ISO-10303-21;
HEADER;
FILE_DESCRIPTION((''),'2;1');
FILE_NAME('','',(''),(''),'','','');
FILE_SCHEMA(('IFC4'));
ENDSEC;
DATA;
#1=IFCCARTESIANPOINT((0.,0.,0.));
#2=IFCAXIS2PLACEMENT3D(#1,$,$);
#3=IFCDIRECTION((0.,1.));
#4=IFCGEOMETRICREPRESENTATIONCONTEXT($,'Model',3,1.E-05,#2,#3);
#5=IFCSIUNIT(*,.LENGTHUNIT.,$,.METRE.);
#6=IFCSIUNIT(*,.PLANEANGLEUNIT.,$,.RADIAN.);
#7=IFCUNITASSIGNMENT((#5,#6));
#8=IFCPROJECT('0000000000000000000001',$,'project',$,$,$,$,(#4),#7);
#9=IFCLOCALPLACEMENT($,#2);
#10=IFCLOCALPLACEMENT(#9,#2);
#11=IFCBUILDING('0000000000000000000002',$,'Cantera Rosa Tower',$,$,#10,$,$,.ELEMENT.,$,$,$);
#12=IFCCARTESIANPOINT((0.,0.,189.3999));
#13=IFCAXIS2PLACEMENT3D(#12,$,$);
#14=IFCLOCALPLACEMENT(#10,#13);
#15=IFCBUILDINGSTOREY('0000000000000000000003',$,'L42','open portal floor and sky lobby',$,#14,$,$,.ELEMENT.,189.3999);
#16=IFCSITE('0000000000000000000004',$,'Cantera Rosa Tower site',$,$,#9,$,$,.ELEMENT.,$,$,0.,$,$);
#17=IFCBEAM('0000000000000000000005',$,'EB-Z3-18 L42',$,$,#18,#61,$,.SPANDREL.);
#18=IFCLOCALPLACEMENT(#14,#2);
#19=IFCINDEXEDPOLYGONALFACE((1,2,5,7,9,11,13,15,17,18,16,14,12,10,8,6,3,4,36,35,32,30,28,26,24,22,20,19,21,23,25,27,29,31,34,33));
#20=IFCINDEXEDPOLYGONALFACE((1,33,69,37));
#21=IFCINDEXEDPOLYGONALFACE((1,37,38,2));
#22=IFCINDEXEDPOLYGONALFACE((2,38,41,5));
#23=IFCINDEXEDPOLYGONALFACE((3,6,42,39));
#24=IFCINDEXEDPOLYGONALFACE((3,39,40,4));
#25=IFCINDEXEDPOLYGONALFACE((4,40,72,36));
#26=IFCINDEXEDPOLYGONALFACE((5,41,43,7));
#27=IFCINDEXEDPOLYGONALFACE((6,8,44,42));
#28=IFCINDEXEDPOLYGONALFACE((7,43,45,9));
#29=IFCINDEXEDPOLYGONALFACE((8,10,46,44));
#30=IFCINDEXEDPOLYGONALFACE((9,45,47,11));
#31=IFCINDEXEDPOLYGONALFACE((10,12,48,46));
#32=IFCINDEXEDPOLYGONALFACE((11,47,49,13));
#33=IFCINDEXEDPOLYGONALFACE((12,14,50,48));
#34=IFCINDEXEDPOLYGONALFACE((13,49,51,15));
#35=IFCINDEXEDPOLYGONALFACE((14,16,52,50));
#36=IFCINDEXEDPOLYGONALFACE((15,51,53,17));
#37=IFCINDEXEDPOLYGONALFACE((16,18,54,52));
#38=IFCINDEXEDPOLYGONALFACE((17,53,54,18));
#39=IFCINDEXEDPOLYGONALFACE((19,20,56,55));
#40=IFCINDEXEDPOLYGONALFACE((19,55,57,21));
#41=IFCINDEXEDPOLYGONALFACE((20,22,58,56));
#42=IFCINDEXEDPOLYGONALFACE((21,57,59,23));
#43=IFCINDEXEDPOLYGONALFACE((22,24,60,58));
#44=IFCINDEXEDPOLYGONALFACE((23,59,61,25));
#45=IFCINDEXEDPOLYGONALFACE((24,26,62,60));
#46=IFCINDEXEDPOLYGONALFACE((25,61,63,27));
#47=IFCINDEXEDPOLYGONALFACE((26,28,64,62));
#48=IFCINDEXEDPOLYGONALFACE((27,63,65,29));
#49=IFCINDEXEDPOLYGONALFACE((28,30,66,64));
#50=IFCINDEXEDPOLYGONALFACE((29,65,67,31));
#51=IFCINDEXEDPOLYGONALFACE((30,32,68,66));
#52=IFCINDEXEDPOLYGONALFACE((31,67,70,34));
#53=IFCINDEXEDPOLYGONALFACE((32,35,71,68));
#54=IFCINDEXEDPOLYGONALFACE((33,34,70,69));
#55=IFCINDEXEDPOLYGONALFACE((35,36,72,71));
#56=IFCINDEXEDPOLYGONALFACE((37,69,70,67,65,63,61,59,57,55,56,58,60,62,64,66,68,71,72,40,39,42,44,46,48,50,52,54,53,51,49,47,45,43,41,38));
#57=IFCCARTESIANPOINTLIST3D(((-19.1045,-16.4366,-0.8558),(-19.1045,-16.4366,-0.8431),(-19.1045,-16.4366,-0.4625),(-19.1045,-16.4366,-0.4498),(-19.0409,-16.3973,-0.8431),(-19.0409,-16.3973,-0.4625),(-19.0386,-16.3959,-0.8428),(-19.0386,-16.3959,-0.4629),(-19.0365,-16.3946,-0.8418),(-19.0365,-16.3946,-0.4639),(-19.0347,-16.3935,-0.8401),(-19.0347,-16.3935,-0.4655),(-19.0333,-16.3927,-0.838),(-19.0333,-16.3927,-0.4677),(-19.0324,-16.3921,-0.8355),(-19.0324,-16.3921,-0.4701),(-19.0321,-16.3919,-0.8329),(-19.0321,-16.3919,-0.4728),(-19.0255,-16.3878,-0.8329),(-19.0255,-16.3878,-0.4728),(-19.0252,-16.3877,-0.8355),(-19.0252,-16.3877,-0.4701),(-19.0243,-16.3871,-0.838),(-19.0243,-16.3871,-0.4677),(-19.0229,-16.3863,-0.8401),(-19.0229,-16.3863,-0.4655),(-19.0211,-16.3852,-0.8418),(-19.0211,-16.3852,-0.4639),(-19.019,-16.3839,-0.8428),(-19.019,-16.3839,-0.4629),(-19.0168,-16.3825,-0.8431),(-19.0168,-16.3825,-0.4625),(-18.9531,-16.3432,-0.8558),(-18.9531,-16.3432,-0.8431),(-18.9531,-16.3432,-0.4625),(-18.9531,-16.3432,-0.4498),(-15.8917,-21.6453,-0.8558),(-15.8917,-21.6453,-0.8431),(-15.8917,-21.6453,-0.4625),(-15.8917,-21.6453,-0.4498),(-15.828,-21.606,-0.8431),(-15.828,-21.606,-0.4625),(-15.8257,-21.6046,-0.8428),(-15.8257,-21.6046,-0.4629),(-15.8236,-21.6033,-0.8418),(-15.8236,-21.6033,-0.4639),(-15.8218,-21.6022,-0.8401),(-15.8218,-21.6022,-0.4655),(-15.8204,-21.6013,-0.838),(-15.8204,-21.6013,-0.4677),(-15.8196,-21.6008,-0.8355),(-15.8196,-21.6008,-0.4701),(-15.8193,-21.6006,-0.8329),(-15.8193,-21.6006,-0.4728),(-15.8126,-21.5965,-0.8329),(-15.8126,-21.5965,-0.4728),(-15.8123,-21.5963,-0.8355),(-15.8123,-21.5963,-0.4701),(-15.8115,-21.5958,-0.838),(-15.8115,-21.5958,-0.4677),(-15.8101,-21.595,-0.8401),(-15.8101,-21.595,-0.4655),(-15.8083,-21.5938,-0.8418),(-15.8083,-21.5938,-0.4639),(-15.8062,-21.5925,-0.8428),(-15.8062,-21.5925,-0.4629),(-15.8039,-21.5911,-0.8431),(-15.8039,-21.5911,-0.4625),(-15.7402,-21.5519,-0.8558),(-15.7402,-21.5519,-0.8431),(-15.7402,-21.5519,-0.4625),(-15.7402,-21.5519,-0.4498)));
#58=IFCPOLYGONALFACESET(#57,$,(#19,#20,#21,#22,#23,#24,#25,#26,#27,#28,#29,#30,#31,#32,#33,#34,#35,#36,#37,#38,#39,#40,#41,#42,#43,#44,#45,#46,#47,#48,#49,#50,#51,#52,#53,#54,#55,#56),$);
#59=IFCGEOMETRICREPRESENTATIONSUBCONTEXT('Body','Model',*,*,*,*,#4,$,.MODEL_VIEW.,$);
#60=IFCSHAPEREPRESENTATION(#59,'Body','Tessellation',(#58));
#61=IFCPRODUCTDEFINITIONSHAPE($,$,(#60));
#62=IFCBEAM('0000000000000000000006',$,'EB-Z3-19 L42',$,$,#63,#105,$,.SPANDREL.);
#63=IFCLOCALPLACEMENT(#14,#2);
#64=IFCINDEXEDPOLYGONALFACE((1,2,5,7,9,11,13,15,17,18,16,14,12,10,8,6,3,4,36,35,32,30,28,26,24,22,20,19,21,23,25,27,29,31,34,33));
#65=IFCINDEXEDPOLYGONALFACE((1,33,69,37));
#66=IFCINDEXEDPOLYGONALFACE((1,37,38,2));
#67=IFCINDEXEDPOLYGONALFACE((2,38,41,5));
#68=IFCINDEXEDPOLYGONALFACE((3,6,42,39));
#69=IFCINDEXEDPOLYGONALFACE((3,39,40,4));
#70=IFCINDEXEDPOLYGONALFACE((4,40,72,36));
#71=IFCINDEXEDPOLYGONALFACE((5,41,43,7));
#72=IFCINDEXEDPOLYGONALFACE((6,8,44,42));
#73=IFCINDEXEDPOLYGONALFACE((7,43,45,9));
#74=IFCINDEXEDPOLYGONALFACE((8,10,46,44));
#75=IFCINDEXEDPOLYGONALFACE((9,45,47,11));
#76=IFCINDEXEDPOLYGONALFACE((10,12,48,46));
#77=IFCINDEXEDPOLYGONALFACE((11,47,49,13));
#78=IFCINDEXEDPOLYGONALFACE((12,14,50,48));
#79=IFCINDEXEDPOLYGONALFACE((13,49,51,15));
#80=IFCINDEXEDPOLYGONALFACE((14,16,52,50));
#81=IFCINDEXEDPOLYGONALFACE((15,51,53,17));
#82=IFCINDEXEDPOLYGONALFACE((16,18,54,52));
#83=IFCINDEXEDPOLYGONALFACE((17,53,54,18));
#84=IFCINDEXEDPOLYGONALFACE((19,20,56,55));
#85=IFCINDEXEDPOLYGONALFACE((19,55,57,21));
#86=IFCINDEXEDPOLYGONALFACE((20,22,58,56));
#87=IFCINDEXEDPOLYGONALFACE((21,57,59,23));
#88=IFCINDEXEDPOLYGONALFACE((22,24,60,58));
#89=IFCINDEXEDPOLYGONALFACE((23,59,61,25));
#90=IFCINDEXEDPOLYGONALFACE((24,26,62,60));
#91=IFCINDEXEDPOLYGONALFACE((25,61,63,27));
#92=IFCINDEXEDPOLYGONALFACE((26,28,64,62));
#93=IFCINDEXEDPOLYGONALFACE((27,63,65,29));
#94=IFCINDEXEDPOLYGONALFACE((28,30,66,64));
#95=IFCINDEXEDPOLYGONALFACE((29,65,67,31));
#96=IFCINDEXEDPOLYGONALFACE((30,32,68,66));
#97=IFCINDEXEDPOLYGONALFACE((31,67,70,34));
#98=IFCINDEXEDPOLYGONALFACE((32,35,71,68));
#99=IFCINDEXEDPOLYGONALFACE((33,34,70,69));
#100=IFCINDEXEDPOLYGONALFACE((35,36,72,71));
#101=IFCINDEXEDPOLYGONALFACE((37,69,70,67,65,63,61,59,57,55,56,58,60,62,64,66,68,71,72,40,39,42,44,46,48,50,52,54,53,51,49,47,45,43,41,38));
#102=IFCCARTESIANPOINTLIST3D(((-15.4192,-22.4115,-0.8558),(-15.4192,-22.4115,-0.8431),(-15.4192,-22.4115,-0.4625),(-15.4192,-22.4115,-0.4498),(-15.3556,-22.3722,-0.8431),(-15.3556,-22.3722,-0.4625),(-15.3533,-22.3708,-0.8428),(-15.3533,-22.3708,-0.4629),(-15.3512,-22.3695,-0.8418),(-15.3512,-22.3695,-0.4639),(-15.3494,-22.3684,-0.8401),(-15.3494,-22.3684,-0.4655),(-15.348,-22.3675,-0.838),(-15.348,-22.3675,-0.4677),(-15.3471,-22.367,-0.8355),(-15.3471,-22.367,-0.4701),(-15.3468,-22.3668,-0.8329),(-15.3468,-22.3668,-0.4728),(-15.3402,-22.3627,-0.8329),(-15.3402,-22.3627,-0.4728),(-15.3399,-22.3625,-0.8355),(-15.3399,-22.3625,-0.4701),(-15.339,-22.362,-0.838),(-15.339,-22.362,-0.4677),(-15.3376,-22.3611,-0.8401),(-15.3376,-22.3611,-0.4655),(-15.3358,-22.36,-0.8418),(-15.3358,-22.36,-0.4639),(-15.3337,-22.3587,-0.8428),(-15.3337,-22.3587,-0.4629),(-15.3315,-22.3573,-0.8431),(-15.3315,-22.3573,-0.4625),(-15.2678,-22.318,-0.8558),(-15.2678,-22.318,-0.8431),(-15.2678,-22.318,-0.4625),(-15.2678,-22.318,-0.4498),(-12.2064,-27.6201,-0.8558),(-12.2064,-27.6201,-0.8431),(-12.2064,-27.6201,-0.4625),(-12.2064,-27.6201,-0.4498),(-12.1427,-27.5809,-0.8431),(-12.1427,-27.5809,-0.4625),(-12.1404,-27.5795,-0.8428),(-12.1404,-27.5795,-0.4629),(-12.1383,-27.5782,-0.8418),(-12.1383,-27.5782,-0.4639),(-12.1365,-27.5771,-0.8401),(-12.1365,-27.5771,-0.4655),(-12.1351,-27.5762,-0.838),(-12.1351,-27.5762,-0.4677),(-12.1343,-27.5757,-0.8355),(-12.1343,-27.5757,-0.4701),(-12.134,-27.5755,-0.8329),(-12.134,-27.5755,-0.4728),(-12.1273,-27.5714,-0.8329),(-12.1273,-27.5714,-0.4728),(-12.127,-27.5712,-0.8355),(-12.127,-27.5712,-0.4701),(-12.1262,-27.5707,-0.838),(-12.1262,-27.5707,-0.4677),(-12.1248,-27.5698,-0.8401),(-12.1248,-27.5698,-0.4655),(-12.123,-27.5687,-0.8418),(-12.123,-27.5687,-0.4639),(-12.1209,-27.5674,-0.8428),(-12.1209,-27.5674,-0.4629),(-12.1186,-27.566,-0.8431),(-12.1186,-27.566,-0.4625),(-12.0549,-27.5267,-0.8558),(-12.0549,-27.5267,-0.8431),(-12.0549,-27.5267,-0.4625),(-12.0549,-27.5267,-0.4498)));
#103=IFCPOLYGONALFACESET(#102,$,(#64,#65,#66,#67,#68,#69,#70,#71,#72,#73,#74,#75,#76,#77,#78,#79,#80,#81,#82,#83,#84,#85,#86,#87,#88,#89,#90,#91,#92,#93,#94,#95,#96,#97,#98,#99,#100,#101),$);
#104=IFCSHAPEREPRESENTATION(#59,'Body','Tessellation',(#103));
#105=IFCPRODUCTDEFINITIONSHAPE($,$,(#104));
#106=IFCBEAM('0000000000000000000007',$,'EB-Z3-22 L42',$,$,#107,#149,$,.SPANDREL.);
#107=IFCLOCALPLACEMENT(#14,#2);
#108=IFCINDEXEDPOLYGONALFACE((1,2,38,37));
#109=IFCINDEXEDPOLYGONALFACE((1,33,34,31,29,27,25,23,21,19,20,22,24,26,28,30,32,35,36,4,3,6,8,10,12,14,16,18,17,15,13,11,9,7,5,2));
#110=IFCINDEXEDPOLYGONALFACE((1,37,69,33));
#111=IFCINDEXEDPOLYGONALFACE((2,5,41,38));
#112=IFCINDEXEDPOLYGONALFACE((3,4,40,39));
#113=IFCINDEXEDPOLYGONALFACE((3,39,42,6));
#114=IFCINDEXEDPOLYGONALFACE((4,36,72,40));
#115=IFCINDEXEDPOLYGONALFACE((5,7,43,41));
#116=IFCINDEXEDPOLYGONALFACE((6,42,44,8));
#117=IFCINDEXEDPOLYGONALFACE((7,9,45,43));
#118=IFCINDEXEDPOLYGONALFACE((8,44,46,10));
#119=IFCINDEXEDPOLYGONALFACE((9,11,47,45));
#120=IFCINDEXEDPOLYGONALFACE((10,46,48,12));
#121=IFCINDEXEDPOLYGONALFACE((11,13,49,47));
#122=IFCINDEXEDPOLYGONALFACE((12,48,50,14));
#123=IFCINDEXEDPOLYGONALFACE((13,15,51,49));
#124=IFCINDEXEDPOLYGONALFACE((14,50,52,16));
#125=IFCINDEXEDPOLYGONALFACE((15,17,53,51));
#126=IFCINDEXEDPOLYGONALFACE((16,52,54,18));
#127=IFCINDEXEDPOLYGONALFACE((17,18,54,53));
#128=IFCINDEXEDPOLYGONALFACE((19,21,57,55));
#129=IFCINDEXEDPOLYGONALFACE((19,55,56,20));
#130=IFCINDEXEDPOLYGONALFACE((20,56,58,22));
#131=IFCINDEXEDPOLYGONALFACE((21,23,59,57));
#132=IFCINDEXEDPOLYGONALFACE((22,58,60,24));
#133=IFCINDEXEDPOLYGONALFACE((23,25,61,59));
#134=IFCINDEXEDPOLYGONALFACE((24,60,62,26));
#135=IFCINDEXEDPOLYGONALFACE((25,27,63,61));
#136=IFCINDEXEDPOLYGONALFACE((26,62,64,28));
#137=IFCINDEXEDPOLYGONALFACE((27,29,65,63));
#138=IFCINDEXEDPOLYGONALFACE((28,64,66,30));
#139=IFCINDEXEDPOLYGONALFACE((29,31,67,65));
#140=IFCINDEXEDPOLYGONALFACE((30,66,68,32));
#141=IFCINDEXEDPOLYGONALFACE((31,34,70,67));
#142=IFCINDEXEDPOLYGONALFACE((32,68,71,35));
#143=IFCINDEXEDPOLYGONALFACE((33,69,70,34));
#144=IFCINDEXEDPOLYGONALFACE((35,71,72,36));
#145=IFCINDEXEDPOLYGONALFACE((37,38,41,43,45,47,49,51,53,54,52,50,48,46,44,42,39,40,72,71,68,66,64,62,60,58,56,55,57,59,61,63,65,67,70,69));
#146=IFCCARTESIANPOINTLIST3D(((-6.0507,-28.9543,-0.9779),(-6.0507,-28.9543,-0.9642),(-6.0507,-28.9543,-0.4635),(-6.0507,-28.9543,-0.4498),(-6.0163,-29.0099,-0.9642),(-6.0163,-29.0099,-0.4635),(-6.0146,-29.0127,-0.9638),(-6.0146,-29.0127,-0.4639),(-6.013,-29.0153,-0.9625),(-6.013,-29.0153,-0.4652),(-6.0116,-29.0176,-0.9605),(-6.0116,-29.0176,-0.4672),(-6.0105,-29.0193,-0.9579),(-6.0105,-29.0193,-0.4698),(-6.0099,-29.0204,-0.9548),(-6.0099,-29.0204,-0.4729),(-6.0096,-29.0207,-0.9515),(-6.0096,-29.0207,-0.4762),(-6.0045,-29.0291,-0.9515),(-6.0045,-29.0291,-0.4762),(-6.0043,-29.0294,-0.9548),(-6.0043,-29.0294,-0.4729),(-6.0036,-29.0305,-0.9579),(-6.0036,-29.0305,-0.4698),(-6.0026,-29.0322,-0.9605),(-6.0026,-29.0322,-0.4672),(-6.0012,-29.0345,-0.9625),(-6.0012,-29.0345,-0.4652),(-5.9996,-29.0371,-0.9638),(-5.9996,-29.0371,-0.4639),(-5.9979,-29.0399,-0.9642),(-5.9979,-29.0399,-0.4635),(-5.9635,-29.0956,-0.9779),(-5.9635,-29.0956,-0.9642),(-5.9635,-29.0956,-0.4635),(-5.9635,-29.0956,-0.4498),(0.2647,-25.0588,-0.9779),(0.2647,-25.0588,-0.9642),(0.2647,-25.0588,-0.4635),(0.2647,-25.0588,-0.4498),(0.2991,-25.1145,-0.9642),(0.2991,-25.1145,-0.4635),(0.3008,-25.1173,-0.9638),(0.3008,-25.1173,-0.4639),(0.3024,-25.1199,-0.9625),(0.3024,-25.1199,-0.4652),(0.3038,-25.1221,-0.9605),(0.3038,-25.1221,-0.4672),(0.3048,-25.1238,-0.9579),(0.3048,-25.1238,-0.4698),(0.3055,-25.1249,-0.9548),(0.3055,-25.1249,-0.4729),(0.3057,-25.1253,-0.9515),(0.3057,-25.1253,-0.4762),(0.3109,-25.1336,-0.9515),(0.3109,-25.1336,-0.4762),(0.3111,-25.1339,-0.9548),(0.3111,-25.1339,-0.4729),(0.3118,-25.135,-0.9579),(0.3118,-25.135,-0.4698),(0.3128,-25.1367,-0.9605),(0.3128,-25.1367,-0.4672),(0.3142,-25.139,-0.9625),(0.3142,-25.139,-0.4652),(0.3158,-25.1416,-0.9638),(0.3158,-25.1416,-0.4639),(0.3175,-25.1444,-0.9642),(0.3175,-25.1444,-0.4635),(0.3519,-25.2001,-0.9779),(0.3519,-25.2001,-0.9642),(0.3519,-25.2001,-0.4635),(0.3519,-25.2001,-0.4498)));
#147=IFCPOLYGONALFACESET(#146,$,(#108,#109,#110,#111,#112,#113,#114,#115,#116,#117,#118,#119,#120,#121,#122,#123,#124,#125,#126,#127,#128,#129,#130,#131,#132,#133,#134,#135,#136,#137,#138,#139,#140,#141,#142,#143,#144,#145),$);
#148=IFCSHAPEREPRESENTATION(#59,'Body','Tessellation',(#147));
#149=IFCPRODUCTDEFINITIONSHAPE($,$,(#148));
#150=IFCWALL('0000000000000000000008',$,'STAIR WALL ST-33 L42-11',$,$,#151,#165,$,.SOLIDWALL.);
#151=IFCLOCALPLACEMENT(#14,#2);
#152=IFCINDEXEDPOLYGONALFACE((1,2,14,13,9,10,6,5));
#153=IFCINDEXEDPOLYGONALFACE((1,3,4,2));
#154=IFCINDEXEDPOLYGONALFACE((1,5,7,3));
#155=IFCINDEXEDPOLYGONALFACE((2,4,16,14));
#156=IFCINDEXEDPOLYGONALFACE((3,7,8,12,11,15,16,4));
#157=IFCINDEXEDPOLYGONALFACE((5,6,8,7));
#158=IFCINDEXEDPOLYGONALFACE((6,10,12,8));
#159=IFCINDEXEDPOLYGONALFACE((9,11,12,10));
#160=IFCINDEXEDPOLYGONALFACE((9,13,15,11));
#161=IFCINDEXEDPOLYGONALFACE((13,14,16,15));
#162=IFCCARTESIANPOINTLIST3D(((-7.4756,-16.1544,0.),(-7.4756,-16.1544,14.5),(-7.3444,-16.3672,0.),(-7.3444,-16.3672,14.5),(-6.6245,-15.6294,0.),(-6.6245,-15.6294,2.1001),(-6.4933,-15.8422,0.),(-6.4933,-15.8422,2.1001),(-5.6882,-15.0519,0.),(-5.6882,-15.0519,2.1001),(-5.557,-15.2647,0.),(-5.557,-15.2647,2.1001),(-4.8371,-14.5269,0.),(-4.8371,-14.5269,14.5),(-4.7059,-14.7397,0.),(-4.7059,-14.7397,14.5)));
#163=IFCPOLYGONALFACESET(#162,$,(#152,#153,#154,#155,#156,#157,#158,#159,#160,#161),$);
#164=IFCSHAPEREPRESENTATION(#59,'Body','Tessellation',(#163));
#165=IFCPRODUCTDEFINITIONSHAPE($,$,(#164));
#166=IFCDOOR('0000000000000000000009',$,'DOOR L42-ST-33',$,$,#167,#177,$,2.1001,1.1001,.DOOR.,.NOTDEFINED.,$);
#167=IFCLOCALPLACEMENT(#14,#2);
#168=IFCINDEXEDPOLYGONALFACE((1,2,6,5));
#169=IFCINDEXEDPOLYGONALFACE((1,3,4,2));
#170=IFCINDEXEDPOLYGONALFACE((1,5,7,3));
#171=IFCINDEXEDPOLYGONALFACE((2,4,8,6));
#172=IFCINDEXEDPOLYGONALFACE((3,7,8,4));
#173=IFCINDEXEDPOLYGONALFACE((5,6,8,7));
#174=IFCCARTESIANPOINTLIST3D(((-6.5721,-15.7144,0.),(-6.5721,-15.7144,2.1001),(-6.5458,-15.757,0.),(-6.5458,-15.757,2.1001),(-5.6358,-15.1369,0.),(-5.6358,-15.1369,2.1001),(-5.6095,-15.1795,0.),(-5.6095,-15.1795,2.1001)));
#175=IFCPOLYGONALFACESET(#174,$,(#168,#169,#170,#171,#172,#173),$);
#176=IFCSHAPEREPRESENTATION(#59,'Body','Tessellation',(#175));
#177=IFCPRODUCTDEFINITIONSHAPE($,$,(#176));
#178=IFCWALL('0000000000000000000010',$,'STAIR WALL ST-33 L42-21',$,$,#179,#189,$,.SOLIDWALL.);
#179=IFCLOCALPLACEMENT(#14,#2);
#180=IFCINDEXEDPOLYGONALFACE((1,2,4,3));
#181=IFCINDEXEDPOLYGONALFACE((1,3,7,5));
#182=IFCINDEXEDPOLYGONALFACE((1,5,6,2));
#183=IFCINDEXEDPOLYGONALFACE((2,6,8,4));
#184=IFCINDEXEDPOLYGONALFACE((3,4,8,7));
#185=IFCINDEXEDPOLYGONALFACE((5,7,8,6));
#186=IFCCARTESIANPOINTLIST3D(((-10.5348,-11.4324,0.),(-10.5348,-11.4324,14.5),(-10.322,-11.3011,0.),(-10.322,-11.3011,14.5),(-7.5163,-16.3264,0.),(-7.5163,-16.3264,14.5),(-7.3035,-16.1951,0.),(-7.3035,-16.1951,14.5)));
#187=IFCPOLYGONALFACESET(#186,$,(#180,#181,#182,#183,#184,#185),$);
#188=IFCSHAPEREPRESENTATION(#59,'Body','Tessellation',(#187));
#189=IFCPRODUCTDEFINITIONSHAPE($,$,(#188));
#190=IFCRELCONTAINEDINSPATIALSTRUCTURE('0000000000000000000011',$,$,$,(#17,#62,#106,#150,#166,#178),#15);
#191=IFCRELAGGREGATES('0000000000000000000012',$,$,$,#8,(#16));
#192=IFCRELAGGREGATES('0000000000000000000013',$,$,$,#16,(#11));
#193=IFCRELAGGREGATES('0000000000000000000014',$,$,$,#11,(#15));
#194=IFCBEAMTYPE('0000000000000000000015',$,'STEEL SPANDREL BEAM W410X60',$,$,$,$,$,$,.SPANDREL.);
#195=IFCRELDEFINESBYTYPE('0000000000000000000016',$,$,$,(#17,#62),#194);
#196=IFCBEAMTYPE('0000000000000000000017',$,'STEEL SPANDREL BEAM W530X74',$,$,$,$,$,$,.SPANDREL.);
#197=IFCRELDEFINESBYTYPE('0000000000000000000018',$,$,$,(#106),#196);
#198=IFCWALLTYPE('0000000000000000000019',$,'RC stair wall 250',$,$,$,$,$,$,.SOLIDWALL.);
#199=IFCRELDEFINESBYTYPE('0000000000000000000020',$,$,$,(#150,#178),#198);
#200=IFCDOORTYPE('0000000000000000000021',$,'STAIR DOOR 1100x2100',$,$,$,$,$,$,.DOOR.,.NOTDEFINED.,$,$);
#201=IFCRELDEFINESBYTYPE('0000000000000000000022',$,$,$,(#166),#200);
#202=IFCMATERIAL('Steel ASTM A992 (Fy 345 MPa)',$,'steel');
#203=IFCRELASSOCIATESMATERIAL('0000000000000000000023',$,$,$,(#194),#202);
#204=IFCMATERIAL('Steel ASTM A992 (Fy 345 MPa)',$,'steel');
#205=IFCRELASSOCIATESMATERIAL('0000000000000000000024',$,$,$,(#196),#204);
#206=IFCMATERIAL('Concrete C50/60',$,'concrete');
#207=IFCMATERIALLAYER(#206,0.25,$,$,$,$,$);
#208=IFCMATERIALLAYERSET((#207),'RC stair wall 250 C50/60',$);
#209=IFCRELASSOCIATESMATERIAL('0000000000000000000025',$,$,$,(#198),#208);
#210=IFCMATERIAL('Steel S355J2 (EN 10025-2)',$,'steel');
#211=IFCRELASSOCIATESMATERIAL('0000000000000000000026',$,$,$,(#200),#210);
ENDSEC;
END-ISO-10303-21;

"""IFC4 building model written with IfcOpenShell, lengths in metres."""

from ifc_helpers import new_model, si_unit, direction, frame, frame_2d, origin, origin_2d, place, context, subcontext, project, spatial, rectangle, i_section, extrude, material, layer, layer_set, material_profile, profile_set, type_object, element, fill, save


model = new_model("IFC4")

# Units and contexts
model_context = context("Model", 3, precision=1e-05, world=origin(), true_north=direction((0.0, 1.0)))
body_context = subcontext(model_context, "Body", "Model", "MODEL_VIEW")
ifc_project = project(units=[si_unit("LENGTHUNIT", "METRE"), si_unit("PLANEANGLEUNIT", "RADIAN")], contexts=[model_context])

# Site, building, storey
site_placement = place(None, origin())
site = spatial("IfcSite", under=ifc_project, at=site_placement, Name="Cantera Rosa Tower site", CompositionType="ELEMENT", RefElevation=0.0)
building_placement = place(site_placement, origin())
building = spatial("IfcBuilding", under=site, at=building_placement, Name="Cantera Rosa Tower", CompositionType="ELEMENT")
storey_placement = place(building_placement, frame((0.0, 0.0, 189.3999)))
storey = spatial("IfcBuildingStorey", under=building, at=storey_placement, Name="L42", Description="open portal floor and sky lobby", CompositionType="ELEMENT", Elevation=189.3999)

# Beams
ifc_material_1 = material(Name="Steel ASTM A992 (Fy 345 MPa)", Category="steel")
ifc_material_profile_1 = material_profile(ifc_material_1, i_section(OverallWidth=0.178, OverallDepth=0.406, WebThickness=0.0078, FlangeThickness=0.0127, FilletRadius=0.0103, at=origin_2d()), Name="W410X60")
ifc_profile_set_1 = profile_set([ifc_material_profile_1], Name="Steel ASTM A992 (Fy 345 MPa)")
beam_type_1 = type_object("IfcBeamType", Name="STEEL SPANDREL BEAM W410X60", PredefinedType="SPANDREL", material=ifc_profile_set_1)
for number, where, z_axis, x_axis, name in (
    (1, (-19.0288, -16.3899, -0.6528), (0.524987, -0.85111, 0.0), (0.85111, 0.524987, 0.0), "EB-Z3-18 L42"),
    (2, (-15.3435, -22.3647, -0.6528), (0.524987, -0.85111, 0.0), (0.85111, 0.524987, 0.0), "EB-Z3-19 L42"),
):
    element("IfcBeam", number, at=place(storey_placement, frame(where, z_axis=z_axis, x_axis=x_axis)), inside=storey, type_object=beam_type_1, Name=name, PredefinedType="SPANDREL", context=body_context, shape_type="SweptSolid", body=[
        extrude(i_section(OverallWidth=0.178, OverallDepth=0.406, WebThickness=0.0078, FlangeThickness=0.0127, FilletRadius=0.0103, at=origin_2d()), origin(), (0.0, 0.0, 1.0), 6.1199),
    ])
ifc_material_2 = material(Name="Steel ASTM A992 (Fy 345 MPa)", Category="steel")
ifc_material_profile_2 = material_profile(ifc_material_2, i_section(OverallWidth=0.166, OverallDepth=0.5281, WebThickness=0.0098, FlangeThickness=0.0137, FilletRadius=0.0127, at=origin_2d()), Name="W530X74")
ifc_profile_set_2 = profile_set([ifc_material_profile_2], Name="Steel ASTM A992 (Fy 345 MPa)")
beam_type_2 = type_object("IfcBeamType", Name="STEEL SPANDREL BEAM W530X74", PredefinedType="SPANDREL", material=ifc_profile_set_2)
beam_1_placement = place(storey_placement, frame((-6.0071, -29.0249, -0.7139), z_axis=(0.851111, 0.524986, 0.0), x_axis=(-0.524986, 0.851111, 0.0)))
element("IfcBeam", 3, at=beam_1_placement, inside=storey, type_object=beam_type_2, Name="EB-Z3-22 L42", PredefinedType="SPANDREL", context=body_context, shape_type="SweptSolid", body=[
    extrude(i_section(OverallWidth=0.166, OverallDepth=0.5281, WebThickness=0.0098, FlangeThickness=0.0137, FilletRadius=0.0127, at=origin_2d()), origin(), (0.0, 0.0, 1.0), 7.4202),
])

# Wall, opening, door
ifc_material_3 = material(Name="Concrete C50/60", Category="concrete")
ifc_layer = layer(ifc_material_3, 0.25)
ifc_layer_set = layer_set([ifc_layer], Name="RC stair wall 250 C50/60")
wall_type = type_object("IfcWallType", Name="RC stair wall 250", PredefinedType="SOLIDWALL", material=ifc_layer_set)
wall_1_placement = place(storey_placement, frame((-4.7715, -14.6333, 0.0), z_axis=(0.0, 0.0, 1.0), x_axis=(-0.851112, -0.524985, 0.0)))
wall_1 = element("IfcWall", 4, at=wall_1_placement, inside=storey, type_object=wall_type, Name="STAIR WALL ST-33 L42-11", PredefinedType="SOLIDWALL", context=body_context, shape_type="SweptSolid", body=[
    extrude(rectangle(XDim=3.1001, YDim=0.25, at=frame_2d((1.55, 0.0))), origin(), (0.0, 0.0, 1.0), 14.5),
])
opening_placement = place(wall_1_placement, frame((1.0, 0.0, 0.0)))
opening = element("IfcOpeningElement", 5, at=opening_placement, cuts=wall_1, PredefinedType="OPENING", context=body_context, shape_type="SweptSolid", body=[
    extrude(rectangle(XDim=1.1001, YDim=2.1001, at=frame_2d((0.55, 1.05))), frame((0.0, 0.135, 0.0), z_axis=(0.0, -1.0, 0.0), x_axis=(1.0, 0.0, 0.0)), (0.0, 0.0, 1.0), 0.27),
])
ifc_material_4 = material(Name="Steel S355J2 (EN 10025-2)", Category="steel")
door_type = type_object("IfcDoorType", Name="STAIR DOOR 1100x2100", OperationType="NOTDEFINED", PredefinedType="DOOR", material=ifc_material_4)
door_placement = place(opening_placement, origin())
door = element("IfcDoor", 6, at=door_placement, inside=storey, type_object=door_type, Name="DOOR L42-ST-33", OperationType="NOTDEFINED", OverallHeight=2.1001, OverallWidth=1.1001, PredefinedType="DOOR", context=body_context, shape_type="SweptSolid", body=[
    extrude(rectangle(XDim=1.1001, YDim=2.1001, at=frame_2d((0.55, 1.05))), frame((0.0, 0.0249, 0.0), z_axis=(0.0, -1.0, 0.0), x_axis=(1.0, 0.0, 0.0)), (0.0, 0.0, 1.0), 0.05),
])
fill(opening, door)

# Wall
wall_2_placement = place(storey_placement, frame((-7.4099, -16.2607, 0.0), z_axis=(0.0, 0.0, 1.0), x_axis=(-0.524959, 0.851127, 0.0)))
element("IfcWall", 7, at=wall_2_placement, inside=storey, type_object=wall_type, Name="STAIR WALL ST-33 L42-21", PredefinedType="SOLIDWALL", context=body_context, shape_type="SweptSolid", body=[
    extrude(rectangle(XDim=5.75, YDim=0.25, at=frame_2d((2.875, 0.0))), origin(), (0.0, 0.0, 1.0), 14.5),
])

save(model, "model.ifc")
